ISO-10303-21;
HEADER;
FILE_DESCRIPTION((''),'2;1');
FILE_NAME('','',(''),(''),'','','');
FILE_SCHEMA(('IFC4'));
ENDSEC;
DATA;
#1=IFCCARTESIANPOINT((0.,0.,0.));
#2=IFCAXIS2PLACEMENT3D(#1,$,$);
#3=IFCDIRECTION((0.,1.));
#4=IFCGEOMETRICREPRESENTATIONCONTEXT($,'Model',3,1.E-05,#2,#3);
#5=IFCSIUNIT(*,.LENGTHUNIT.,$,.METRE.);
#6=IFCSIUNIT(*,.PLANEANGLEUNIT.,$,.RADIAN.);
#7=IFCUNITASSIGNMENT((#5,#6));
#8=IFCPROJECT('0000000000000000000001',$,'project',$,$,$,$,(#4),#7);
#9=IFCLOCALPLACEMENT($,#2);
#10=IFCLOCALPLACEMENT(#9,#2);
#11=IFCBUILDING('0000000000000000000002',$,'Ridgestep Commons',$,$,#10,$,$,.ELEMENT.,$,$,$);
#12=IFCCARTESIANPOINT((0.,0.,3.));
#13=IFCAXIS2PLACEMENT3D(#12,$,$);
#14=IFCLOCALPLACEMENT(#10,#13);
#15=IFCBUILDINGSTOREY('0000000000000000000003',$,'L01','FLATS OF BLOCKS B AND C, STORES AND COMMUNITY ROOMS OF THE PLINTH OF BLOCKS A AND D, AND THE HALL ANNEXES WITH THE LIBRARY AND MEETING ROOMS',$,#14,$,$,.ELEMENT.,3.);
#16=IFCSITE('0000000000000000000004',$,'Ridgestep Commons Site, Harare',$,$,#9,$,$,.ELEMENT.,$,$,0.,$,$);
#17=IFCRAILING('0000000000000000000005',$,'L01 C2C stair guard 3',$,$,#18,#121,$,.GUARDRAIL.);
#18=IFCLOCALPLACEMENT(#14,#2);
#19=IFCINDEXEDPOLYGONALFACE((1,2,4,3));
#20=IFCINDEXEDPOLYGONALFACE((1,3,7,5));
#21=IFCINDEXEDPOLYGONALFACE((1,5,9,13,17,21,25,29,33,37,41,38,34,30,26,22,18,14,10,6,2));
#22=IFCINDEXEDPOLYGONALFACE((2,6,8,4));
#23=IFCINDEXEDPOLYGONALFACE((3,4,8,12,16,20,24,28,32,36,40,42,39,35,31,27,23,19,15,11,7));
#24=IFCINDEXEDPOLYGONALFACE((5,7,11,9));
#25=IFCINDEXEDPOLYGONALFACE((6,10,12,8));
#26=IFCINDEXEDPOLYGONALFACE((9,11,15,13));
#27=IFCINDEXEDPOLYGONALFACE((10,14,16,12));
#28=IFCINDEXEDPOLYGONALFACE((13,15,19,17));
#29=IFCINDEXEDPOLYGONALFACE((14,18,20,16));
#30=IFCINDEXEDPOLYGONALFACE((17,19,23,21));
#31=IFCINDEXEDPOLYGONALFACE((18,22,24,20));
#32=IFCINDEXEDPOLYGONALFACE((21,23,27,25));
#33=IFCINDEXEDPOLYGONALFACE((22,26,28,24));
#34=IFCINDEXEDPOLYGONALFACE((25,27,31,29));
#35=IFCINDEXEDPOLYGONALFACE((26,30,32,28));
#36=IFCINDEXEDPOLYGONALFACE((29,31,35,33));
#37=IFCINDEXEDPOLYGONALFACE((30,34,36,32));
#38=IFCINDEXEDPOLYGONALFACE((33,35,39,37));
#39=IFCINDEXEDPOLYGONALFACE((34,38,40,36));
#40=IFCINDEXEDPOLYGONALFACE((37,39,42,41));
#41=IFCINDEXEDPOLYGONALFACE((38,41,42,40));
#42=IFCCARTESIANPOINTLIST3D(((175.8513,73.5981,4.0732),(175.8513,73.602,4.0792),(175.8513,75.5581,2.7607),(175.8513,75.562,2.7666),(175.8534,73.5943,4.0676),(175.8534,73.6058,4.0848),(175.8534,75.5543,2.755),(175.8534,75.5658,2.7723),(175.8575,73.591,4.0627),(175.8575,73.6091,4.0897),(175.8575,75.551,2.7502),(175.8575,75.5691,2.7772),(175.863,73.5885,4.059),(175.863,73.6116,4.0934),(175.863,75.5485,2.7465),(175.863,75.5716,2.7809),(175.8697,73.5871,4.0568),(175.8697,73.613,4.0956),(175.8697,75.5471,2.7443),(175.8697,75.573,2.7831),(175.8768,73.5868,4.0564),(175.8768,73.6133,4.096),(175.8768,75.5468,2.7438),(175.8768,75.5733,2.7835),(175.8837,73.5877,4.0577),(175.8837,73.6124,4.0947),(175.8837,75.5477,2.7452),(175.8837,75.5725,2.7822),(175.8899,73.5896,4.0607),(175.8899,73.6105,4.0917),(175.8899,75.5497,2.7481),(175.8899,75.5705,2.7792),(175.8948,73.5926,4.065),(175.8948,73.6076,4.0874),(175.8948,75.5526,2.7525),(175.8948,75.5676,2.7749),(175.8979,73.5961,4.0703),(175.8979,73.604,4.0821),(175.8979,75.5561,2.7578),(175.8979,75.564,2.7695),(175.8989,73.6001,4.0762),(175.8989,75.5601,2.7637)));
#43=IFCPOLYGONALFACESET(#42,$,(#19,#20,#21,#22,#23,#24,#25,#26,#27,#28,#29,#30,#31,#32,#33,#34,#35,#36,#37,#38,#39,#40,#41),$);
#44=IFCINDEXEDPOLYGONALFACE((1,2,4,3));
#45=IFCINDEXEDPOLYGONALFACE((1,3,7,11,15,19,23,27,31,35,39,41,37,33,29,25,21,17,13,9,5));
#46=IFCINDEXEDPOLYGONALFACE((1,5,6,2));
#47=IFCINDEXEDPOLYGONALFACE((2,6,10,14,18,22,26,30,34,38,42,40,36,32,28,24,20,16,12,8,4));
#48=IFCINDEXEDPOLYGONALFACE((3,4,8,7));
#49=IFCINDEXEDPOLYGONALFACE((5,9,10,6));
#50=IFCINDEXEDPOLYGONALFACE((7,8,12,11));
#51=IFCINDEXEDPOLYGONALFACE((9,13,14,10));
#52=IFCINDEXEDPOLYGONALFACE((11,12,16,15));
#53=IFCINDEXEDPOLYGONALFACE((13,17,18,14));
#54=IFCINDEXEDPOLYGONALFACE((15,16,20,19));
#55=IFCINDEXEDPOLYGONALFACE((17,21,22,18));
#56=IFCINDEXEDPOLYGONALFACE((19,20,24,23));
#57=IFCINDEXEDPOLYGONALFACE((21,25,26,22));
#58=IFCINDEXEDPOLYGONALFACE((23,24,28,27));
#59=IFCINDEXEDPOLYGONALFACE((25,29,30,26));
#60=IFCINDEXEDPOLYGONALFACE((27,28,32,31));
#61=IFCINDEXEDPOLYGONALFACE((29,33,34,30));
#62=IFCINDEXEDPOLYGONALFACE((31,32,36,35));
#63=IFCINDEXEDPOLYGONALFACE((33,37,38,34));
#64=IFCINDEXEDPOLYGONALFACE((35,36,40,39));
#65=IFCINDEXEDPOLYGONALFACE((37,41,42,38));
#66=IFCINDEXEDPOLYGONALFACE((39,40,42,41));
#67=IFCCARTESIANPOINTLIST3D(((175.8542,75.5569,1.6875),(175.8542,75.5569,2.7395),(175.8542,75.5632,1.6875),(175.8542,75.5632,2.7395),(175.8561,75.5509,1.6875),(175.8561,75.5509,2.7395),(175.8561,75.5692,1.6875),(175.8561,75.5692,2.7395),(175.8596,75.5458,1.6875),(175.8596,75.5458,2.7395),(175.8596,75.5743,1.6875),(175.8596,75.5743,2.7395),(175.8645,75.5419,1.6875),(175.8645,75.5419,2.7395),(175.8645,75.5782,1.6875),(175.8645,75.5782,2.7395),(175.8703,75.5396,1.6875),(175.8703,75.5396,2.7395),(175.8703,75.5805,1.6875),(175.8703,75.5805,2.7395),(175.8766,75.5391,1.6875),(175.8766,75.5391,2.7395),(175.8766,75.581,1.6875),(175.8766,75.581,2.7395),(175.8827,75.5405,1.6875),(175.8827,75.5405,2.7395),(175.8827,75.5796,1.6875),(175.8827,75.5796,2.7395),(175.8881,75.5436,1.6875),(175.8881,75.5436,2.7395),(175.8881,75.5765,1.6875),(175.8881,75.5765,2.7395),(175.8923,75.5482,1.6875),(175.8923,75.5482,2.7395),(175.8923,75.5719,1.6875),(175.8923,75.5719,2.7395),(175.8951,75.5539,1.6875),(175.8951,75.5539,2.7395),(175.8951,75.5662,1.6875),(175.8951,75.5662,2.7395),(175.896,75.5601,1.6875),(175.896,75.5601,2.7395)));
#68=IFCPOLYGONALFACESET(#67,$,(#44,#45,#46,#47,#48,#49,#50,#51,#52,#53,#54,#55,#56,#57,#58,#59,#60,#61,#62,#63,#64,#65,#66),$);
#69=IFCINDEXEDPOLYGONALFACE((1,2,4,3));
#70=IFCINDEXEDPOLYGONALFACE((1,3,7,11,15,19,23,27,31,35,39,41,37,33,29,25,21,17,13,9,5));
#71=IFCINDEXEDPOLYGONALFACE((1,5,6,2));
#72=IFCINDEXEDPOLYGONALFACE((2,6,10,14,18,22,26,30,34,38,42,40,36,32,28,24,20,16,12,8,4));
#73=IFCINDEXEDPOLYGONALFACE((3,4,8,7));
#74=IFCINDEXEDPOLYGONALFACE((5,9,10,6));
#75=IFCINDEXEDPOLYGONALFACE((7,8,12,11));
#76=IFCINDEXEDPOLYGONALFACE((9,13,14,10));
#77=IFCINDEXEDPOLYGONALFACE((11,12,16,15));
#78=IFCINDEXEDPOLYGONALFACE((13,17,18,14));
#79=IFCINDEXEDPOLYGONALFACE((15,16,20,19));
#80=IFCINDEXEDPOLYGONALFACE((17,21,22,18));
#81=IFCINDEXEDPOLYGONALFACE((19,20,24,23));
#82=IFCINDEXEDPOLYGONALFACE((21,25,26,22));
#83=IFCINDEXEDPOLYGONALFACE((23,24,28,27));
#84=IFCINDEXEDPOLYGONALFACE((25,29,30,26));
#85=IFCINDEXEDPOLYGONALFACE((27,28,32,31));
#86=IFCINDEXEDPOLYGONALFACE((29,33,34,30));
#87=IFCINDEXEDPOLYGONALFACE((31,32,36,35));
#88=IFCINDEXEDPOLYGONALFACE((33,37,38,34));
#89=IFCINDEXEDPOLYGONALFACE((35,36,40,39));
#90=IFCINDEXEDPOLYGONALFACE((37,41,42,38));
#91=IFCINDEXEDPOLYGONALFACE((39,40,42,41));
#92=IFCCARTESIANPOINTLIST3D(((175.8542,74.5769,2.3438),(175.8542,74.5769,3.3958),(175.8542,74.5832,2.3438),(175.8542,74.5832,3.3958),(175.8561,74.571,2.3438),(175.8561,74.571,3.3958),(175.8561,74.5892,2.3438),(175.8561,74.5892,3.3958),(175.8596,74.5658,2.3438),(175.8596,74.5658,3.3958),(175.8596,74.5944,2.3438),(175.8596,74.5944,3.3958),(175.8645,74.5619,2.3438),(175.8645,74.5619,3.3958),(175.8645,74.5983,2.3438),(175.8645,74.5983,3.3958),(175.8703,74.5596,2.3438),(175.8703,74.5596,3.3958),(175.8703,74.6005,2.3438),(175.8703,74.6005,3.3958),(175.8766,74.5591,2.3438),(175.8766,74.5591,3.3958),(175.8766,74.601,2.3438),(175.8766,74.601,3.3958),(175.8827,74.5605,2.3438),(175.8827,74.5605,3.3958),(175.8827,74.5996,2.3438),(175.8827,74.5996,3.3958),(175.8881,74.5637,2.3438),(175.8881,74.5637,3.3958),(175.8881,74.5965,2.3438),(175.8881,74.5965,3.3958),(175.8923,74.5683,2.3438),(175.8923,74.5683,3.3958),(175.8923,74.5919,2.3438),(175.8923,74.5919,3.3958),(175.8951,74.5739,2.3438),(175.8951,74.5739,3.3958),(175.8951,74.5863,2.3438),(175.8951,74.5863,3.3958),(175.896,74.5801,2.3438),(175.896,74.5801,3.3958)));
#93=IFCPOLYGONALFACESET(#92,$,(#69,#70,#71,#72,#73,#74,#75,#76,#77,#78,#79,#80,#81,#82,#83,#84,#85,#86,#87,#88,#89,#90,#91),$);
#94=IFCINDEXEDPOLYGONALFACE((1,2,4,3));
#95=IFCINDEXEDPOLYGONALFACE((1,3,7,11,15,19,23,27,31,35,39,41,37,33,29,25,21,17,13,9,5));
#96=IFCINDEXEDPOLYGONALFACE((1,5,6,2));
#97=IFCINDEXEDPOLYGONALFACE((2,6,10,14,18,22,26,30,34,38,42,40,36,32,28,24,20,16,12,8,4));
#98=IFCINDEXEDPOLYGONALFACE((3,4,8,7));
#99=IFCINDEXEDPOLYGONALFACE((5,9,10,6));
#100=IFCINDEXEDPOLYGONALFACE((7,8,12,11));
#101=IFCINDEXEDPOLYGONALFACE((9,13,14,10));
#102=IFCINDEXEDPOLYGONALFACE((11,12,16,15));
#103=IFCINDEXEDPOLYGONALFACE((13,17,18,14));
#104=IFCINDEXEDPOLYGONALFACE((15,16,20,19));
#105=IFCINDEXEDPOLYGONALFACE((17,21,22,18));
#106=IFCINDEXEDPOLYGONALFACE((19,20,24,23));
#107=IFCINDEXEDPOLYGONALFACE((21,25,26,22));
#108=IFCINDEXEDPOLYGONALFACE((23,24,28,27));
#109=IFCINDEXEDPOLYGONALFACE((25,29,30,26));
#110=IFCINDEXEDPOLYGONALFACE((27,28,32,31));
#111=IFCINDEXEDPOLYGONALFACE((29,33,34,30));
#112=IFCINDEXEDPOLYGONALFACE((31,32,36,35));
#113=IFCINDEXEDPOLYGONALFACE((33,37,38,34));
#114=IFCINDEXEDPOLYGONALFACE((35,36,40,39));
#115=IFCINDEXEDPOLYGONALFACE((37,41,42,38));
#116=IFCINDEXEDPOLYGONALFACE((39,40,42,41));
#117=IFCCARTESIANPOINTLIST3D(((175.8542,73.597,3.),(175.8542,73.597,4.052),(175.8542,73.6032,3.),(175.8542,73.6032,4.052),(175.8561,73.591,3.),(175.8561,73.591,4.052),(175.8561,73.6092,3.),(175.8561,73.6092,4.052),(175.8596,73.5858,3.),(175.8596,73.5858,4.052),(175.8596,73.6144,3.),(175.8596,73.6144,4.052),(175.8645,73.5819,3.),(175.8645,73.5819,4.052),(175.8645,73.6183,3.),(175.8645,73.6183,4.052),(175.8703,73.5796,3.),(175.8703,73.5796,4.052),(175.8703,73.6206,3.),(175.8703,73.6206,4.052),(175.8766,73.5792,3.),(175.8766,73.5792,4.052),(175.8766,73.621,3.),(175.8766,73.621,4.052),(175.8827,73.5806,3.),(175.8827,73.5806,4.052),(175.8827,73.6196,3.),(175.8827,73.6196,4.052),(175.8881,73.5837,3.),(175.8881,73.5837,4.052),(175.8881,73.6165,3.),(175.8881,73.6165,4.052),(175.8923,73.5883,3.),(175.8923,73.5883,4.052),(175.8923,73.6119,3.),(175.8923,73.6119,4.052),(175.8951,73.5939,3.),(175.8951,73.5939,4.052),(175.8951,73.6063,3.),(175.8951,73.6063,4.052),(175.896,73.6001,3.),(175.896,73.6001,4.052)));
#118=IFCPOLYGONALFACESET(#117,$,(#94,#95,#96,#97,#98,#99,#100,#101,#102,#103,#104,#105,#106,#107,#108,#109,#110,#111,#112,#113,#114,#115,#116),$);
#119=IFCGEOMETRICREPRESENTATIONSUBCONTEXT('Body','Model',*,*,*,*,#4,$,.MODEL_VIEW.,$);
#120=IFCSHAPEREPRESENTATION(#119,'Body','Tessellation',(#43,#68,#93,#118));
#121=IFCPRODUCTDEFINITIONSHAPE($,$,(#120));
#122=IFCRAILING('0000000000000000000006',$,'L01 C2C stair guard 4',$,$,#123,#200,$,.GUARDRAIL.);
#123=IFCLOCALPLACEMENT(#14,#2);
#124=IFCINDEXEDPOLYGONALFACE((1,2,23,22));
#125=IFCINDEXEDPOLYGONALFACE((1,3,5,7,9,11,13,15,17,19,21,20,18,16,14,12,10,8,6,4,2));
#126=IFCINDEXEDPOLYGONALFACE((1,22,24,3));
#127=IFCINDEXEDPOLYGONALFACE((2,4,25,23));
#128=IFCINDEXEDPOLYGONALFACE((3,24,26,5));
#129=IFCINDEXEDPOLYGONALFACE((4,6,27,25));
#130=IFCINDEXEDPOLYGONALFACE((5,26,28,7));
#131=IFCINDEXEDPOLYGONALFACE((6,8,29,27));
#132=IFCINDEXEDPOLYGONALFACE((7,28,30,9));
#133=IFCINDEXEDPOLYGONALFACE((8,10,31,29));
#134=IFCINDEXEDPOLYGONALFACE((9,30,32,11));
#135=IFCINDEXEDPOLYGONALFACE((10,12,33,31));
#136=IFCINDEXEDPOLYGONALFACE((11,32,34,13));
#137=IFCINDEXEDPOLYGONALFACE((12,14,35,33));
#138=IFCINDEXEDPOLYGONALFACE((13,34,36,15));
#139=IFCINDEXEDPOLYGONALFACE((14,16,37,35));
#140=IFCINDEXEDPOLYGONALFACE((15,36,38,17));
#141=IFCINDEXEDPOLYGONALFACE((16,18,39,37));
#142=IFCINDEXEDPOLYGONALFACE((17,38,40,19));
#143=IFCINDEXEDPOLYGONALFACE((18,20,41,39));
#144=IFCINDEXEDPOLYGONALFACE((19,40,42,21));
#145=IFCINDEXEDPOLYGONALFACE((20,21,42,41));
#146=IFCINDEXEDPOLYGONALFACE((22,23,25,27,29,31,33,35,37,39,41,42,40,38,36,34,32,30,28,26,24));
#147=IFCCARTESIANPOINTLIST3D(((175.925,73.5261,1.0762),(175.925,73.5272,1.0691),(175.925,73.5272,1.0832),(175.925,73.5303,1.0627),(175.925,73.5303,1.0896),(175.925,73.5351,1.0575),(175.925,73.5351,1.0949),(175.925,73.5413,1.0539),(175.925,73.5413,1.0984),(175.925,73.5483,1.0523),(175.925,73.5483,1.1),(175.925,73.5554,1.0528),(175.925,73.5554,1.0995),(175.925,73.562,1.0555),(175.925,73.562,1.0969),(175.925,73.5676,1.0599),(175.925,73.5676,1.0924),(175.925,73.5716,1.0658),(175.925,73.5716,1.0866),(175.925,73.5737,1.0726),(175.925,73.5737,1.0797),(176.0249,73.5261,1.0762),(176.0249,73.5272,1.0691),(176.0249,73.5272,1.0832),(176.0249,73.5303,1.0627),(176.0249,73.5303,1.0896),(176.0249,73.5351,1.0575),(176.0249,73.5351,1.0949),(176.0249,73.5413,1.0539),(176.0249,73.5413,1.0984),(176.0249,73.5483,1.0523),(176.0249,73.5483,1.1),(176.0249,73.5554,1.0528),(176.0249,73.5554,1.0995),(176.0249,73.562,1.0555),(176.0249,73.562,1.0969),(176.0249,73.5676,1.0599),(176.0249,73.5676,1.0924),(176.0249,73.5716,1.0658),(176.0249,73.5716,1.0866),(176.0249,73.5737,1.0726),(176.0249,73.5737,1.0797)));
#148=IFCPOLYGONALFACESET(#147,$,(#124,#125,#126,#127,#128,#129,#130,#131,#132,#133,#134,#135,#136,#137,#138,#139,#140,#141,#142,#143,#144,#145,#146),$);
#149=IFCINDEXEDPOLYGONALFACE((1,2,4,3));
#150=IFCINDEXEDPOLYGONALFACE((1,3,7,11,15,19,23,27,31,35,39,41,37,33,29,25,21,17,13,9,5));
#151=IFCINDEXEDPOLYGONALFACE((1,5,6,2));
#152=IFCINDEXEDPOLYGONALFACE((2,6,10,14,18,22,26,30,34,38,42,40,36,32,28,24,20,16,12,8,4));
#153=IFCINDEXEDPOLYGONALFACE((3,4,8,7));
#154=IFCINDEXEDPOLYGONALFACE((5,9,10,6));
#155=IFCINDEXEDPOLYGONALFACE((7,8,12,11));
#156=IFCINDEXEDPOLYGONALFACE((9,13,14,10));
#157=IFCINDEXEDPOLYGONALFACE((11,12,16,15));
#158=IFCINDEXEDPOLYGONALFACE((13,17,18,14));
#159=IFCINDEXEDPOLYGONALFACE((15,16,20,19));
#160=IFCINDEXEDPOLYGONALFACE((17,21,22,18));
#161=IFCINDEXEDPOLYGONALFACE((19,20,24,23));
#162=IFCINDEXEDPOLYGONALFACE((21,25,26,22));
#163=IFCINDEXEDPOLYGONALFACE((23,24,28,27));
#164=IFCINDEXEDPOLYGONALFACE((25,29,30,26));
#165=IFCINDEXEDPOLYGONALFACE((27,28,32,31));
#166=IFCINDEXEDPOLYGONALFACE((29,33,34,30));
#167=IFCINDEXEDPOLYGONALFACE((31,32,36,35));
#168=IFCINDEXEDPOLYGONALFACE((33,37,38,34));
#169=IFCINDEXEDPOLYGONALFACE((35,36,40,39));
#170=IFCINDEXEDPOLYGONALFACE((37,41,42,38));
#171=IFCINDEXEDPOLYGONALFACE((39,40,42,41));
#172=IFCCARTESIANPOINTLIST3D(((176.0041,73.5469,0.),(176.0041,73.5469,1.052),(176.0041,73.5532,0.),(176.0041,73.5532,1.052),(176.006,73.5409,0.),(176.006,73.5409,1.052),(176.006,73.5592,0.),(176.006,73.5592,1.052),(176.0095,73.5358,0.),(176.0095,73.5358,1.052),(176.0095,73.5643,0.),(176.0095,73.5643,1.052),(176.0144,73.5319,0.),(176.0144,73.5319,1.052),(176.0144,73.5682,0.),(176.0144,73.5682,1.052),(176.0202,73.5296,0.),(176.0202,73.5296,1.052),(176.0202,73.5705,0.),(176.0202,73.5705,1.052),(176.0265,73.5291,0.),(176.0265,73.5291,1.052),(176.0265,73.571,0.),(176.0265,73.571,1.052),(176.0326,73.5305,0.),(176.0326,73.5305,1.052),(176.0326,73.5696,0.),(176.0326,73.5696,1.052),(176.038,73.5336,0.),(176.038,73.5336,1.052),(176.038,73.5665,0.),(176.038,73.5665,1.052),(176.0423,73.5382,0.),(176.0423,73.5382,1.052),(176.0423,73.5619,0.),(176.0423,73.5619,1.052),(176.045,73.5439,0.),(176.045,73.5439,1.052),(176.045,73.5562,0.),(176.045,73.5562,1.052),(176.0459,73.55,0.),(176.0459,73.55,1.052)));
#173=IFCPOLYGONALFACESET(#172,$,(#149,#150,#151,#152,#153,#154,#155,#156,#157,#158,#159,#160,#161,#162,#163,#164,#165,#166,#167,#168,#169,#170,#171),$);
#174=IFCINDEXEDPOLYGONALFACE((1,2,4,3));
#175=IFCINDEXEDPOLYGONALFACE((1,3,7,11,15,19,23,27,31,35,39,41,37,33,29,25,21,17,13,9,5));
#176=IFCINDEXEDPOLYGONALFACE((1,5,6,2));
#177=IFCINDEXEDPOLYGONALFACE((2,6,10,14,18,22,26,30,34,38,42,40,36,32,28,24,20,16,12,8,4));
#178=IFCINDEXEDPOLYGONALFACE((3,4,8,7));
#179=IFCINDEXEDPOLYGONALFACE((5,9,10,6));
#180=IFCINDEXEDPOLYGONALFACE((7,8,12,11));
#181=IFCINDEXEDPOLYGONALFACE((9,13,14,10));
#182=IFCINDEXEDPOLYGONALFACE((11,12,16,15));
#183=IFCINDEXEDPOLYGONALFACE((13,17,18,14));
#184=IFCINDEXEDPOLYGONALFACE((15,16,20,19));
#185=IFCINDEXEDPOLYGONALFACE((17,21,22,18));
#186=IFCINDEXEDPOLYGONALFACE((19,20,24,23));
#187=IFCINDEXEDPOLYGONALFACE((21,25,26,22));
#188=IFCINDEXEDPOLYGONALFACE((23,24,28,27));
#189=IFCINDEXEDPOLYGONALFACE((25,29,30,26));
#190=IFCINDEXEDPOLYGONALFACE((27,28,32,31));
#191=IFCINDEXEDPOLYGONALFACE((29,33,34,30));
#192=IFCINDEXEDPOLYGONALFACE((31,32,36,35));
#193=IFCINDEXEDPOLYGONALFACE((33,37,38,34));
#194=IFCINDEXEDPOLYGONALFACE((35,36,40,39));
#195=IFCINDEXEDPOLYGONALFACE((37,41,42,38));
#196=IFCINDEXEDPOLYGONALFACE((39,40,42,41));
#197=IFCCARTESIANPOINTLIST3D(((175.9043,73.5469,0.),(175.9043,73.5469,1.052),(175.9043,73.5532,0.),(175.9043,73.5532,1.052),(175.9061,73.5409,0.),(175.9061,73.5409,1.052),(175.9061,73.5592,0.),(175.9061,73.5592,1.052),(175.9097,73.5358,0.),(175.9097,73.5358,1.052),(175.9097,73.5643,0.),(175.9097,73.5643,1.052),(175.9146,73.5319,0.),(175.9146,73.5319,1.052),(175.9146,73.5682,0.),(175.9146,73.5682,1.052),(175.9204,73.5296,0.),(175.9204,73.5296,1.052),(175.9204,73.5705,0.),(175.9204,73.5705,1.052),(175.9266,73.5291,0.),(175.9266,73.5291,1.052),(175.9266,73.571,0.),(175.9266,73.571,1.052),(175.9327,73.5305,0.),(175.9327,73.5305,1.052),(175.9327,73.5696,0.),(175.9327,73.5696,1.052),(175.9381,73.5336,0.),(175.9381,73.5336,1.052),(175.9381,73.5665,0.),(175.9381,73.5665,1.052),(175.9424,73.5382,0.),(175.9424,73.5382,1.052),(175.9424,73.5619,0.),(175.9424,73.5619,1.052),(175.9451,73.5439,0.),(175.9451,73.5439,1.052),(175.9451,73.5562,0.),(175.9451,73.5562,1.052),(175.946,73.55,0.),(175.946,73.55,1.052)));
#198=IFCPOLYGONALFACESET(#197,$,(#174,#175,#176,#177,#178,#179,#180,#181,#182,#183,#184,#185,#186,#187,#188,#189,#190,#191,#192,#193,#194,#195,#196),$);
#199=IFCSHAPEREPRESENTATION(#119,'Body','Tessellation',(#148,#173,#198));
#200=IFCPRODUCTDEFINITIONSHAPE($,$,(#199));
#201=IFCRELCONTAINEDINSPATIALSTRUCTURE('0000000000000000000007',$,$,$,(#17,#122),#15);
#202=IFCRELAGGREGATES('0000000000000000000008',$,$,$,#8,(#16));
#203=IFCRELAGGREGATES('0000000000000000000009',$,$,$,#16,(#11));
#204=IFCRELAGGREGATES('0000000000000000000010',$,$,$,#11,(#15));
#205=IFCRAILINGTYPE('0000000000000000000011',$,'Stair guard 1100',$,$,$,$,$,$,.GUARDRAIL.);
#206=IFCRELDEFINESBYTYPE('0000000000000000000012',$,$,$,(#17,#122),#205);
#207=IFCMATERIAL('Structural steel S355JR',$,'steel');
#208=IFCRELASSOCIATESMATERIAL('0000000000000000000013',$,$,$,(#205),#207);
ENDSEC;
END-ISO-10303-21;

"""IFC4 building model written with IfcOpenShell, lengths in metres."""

from ifc_helpers import new_model, si_unit, direction, frame, origin, origin_2d, place, context, subcontext, project, spatial, circle, extrude, material, type_object, element, save


model = new_model("IFC4")

# Units and contexts
model_context = context("Model", 3, precision=1e-05, world=origin(), true_north=direction((0.0, 1.0)))
body_context = subcontext(model_context, "Body", "Model", "MODEL_VIEW")
ifc_project = project(units=[si_unit("LENGTHUNIT", "METRE"), si_unit("PLANEANGLEUNIT", "RADIAN")], contexts=[model_context])

# Site, building, storey
site_placement = place(None, origin())
site = spatial("IfcSite", under=ifc_project, at=site_placement, Name="Ridgestep Commons Site, Harare", CompositionType="ELEMENT", RefElevation=0.0)
building_placement = place(site_placement, origin())
building = spatial("IfcBuilding", under=site, at=building_placement, Name="Ridgestep Commons", CompositionType="ELEMENT")
storey_placement = place(building_placement, frame((0.0, 0.0, 3.0)))
storey = spatial("IfcBuildingStorey", under=building, at=storey_placement, Name="L01", Description="FLATS OF BLOCKS B AND C, STORES AND COMMUNITY ROOMS OF THE PLINTH OF BLOCKS A AND D, AND THE HALL ANNEXES WITH THE LIBRARY AND MEETING ROOMS", CompositionType="ELEMENT", Elevation=3.0)

# Railings
ifc_material_1 = material(Name="Structural steel S355JR", Category="steel")
railing_type_1 = type_object("IfcRailingType", Name="Stair guard 1100", PredefinedType="GUARDRAIL", material=ifc_material_1)
railing_1_placement = place(storey_placement, frame((175.875, 75.5601, 1.6875)))
element("IfcRailing", 1, at=railing_1_placement, inside=storey, type_object=railing_type_1, Name="L01 C2C stair guard 3", PredefinedType="GUARDRAIL", context=body_context, shape_type="SweptSolid", body=[
    extrude(circle(Radius=0.0239, at=origin_2d()), frame((0.0, 0.0, 1.0762), z_axis=(0.0, -0.830902, 0.556419), x_axis=(1.0, 0.0, 0.0)), (0.0, 0.0, 1.0), 2.3589),
    extrude(circle(Radius=0.021, at=origin_2d()), origin(), (0.0, 0.0, 1.0), 1.052),
    extrude(circle(Radius=0.021, at=origin_2d()), frame((0.0, -0.98, 0.6562)), (0.0, 0.0, 1.0), 1.052),
    extrude(circle(Radius=0.021, at=origin_2d()), frame((0.0, -1.96, 1.3125)), (0.0, 0.0, 1.0), 1.052),
])
railing_2_placement = place(storey_placement, frame((176.0249, 73.55, 0.0)))
element("IfcRailing", 2, at=railing_2_placement, inside=storey, type_object=railing_type_1, Name="L01 C2C stair guard 4", PredefinedType="GUARDRAIL", context=body_context, shape_type="SweptSolid", body=[
    extrude(circle(Radius=0.0239, at=origin_2d()), frame((0.0, 0.0, 1.0762), z_axis=(-1.0, 0.0, 0.0), x_axis=(0.0, -1.0, 0.0)), (0.0, 0.0, 1.0), 0.0999),
    extrude(circle(Radius=0.021, at=origin_2d()), origin(), (0.0, 0.0, 1.0), 1.052),
    extrude(circle(Radius=0.021, at=origin_2d()), frame((-0.0999, 0.0, 0.0)), (0.0, 0.0, 1.0), 1.052),
])

save(model, "model.ifc")
